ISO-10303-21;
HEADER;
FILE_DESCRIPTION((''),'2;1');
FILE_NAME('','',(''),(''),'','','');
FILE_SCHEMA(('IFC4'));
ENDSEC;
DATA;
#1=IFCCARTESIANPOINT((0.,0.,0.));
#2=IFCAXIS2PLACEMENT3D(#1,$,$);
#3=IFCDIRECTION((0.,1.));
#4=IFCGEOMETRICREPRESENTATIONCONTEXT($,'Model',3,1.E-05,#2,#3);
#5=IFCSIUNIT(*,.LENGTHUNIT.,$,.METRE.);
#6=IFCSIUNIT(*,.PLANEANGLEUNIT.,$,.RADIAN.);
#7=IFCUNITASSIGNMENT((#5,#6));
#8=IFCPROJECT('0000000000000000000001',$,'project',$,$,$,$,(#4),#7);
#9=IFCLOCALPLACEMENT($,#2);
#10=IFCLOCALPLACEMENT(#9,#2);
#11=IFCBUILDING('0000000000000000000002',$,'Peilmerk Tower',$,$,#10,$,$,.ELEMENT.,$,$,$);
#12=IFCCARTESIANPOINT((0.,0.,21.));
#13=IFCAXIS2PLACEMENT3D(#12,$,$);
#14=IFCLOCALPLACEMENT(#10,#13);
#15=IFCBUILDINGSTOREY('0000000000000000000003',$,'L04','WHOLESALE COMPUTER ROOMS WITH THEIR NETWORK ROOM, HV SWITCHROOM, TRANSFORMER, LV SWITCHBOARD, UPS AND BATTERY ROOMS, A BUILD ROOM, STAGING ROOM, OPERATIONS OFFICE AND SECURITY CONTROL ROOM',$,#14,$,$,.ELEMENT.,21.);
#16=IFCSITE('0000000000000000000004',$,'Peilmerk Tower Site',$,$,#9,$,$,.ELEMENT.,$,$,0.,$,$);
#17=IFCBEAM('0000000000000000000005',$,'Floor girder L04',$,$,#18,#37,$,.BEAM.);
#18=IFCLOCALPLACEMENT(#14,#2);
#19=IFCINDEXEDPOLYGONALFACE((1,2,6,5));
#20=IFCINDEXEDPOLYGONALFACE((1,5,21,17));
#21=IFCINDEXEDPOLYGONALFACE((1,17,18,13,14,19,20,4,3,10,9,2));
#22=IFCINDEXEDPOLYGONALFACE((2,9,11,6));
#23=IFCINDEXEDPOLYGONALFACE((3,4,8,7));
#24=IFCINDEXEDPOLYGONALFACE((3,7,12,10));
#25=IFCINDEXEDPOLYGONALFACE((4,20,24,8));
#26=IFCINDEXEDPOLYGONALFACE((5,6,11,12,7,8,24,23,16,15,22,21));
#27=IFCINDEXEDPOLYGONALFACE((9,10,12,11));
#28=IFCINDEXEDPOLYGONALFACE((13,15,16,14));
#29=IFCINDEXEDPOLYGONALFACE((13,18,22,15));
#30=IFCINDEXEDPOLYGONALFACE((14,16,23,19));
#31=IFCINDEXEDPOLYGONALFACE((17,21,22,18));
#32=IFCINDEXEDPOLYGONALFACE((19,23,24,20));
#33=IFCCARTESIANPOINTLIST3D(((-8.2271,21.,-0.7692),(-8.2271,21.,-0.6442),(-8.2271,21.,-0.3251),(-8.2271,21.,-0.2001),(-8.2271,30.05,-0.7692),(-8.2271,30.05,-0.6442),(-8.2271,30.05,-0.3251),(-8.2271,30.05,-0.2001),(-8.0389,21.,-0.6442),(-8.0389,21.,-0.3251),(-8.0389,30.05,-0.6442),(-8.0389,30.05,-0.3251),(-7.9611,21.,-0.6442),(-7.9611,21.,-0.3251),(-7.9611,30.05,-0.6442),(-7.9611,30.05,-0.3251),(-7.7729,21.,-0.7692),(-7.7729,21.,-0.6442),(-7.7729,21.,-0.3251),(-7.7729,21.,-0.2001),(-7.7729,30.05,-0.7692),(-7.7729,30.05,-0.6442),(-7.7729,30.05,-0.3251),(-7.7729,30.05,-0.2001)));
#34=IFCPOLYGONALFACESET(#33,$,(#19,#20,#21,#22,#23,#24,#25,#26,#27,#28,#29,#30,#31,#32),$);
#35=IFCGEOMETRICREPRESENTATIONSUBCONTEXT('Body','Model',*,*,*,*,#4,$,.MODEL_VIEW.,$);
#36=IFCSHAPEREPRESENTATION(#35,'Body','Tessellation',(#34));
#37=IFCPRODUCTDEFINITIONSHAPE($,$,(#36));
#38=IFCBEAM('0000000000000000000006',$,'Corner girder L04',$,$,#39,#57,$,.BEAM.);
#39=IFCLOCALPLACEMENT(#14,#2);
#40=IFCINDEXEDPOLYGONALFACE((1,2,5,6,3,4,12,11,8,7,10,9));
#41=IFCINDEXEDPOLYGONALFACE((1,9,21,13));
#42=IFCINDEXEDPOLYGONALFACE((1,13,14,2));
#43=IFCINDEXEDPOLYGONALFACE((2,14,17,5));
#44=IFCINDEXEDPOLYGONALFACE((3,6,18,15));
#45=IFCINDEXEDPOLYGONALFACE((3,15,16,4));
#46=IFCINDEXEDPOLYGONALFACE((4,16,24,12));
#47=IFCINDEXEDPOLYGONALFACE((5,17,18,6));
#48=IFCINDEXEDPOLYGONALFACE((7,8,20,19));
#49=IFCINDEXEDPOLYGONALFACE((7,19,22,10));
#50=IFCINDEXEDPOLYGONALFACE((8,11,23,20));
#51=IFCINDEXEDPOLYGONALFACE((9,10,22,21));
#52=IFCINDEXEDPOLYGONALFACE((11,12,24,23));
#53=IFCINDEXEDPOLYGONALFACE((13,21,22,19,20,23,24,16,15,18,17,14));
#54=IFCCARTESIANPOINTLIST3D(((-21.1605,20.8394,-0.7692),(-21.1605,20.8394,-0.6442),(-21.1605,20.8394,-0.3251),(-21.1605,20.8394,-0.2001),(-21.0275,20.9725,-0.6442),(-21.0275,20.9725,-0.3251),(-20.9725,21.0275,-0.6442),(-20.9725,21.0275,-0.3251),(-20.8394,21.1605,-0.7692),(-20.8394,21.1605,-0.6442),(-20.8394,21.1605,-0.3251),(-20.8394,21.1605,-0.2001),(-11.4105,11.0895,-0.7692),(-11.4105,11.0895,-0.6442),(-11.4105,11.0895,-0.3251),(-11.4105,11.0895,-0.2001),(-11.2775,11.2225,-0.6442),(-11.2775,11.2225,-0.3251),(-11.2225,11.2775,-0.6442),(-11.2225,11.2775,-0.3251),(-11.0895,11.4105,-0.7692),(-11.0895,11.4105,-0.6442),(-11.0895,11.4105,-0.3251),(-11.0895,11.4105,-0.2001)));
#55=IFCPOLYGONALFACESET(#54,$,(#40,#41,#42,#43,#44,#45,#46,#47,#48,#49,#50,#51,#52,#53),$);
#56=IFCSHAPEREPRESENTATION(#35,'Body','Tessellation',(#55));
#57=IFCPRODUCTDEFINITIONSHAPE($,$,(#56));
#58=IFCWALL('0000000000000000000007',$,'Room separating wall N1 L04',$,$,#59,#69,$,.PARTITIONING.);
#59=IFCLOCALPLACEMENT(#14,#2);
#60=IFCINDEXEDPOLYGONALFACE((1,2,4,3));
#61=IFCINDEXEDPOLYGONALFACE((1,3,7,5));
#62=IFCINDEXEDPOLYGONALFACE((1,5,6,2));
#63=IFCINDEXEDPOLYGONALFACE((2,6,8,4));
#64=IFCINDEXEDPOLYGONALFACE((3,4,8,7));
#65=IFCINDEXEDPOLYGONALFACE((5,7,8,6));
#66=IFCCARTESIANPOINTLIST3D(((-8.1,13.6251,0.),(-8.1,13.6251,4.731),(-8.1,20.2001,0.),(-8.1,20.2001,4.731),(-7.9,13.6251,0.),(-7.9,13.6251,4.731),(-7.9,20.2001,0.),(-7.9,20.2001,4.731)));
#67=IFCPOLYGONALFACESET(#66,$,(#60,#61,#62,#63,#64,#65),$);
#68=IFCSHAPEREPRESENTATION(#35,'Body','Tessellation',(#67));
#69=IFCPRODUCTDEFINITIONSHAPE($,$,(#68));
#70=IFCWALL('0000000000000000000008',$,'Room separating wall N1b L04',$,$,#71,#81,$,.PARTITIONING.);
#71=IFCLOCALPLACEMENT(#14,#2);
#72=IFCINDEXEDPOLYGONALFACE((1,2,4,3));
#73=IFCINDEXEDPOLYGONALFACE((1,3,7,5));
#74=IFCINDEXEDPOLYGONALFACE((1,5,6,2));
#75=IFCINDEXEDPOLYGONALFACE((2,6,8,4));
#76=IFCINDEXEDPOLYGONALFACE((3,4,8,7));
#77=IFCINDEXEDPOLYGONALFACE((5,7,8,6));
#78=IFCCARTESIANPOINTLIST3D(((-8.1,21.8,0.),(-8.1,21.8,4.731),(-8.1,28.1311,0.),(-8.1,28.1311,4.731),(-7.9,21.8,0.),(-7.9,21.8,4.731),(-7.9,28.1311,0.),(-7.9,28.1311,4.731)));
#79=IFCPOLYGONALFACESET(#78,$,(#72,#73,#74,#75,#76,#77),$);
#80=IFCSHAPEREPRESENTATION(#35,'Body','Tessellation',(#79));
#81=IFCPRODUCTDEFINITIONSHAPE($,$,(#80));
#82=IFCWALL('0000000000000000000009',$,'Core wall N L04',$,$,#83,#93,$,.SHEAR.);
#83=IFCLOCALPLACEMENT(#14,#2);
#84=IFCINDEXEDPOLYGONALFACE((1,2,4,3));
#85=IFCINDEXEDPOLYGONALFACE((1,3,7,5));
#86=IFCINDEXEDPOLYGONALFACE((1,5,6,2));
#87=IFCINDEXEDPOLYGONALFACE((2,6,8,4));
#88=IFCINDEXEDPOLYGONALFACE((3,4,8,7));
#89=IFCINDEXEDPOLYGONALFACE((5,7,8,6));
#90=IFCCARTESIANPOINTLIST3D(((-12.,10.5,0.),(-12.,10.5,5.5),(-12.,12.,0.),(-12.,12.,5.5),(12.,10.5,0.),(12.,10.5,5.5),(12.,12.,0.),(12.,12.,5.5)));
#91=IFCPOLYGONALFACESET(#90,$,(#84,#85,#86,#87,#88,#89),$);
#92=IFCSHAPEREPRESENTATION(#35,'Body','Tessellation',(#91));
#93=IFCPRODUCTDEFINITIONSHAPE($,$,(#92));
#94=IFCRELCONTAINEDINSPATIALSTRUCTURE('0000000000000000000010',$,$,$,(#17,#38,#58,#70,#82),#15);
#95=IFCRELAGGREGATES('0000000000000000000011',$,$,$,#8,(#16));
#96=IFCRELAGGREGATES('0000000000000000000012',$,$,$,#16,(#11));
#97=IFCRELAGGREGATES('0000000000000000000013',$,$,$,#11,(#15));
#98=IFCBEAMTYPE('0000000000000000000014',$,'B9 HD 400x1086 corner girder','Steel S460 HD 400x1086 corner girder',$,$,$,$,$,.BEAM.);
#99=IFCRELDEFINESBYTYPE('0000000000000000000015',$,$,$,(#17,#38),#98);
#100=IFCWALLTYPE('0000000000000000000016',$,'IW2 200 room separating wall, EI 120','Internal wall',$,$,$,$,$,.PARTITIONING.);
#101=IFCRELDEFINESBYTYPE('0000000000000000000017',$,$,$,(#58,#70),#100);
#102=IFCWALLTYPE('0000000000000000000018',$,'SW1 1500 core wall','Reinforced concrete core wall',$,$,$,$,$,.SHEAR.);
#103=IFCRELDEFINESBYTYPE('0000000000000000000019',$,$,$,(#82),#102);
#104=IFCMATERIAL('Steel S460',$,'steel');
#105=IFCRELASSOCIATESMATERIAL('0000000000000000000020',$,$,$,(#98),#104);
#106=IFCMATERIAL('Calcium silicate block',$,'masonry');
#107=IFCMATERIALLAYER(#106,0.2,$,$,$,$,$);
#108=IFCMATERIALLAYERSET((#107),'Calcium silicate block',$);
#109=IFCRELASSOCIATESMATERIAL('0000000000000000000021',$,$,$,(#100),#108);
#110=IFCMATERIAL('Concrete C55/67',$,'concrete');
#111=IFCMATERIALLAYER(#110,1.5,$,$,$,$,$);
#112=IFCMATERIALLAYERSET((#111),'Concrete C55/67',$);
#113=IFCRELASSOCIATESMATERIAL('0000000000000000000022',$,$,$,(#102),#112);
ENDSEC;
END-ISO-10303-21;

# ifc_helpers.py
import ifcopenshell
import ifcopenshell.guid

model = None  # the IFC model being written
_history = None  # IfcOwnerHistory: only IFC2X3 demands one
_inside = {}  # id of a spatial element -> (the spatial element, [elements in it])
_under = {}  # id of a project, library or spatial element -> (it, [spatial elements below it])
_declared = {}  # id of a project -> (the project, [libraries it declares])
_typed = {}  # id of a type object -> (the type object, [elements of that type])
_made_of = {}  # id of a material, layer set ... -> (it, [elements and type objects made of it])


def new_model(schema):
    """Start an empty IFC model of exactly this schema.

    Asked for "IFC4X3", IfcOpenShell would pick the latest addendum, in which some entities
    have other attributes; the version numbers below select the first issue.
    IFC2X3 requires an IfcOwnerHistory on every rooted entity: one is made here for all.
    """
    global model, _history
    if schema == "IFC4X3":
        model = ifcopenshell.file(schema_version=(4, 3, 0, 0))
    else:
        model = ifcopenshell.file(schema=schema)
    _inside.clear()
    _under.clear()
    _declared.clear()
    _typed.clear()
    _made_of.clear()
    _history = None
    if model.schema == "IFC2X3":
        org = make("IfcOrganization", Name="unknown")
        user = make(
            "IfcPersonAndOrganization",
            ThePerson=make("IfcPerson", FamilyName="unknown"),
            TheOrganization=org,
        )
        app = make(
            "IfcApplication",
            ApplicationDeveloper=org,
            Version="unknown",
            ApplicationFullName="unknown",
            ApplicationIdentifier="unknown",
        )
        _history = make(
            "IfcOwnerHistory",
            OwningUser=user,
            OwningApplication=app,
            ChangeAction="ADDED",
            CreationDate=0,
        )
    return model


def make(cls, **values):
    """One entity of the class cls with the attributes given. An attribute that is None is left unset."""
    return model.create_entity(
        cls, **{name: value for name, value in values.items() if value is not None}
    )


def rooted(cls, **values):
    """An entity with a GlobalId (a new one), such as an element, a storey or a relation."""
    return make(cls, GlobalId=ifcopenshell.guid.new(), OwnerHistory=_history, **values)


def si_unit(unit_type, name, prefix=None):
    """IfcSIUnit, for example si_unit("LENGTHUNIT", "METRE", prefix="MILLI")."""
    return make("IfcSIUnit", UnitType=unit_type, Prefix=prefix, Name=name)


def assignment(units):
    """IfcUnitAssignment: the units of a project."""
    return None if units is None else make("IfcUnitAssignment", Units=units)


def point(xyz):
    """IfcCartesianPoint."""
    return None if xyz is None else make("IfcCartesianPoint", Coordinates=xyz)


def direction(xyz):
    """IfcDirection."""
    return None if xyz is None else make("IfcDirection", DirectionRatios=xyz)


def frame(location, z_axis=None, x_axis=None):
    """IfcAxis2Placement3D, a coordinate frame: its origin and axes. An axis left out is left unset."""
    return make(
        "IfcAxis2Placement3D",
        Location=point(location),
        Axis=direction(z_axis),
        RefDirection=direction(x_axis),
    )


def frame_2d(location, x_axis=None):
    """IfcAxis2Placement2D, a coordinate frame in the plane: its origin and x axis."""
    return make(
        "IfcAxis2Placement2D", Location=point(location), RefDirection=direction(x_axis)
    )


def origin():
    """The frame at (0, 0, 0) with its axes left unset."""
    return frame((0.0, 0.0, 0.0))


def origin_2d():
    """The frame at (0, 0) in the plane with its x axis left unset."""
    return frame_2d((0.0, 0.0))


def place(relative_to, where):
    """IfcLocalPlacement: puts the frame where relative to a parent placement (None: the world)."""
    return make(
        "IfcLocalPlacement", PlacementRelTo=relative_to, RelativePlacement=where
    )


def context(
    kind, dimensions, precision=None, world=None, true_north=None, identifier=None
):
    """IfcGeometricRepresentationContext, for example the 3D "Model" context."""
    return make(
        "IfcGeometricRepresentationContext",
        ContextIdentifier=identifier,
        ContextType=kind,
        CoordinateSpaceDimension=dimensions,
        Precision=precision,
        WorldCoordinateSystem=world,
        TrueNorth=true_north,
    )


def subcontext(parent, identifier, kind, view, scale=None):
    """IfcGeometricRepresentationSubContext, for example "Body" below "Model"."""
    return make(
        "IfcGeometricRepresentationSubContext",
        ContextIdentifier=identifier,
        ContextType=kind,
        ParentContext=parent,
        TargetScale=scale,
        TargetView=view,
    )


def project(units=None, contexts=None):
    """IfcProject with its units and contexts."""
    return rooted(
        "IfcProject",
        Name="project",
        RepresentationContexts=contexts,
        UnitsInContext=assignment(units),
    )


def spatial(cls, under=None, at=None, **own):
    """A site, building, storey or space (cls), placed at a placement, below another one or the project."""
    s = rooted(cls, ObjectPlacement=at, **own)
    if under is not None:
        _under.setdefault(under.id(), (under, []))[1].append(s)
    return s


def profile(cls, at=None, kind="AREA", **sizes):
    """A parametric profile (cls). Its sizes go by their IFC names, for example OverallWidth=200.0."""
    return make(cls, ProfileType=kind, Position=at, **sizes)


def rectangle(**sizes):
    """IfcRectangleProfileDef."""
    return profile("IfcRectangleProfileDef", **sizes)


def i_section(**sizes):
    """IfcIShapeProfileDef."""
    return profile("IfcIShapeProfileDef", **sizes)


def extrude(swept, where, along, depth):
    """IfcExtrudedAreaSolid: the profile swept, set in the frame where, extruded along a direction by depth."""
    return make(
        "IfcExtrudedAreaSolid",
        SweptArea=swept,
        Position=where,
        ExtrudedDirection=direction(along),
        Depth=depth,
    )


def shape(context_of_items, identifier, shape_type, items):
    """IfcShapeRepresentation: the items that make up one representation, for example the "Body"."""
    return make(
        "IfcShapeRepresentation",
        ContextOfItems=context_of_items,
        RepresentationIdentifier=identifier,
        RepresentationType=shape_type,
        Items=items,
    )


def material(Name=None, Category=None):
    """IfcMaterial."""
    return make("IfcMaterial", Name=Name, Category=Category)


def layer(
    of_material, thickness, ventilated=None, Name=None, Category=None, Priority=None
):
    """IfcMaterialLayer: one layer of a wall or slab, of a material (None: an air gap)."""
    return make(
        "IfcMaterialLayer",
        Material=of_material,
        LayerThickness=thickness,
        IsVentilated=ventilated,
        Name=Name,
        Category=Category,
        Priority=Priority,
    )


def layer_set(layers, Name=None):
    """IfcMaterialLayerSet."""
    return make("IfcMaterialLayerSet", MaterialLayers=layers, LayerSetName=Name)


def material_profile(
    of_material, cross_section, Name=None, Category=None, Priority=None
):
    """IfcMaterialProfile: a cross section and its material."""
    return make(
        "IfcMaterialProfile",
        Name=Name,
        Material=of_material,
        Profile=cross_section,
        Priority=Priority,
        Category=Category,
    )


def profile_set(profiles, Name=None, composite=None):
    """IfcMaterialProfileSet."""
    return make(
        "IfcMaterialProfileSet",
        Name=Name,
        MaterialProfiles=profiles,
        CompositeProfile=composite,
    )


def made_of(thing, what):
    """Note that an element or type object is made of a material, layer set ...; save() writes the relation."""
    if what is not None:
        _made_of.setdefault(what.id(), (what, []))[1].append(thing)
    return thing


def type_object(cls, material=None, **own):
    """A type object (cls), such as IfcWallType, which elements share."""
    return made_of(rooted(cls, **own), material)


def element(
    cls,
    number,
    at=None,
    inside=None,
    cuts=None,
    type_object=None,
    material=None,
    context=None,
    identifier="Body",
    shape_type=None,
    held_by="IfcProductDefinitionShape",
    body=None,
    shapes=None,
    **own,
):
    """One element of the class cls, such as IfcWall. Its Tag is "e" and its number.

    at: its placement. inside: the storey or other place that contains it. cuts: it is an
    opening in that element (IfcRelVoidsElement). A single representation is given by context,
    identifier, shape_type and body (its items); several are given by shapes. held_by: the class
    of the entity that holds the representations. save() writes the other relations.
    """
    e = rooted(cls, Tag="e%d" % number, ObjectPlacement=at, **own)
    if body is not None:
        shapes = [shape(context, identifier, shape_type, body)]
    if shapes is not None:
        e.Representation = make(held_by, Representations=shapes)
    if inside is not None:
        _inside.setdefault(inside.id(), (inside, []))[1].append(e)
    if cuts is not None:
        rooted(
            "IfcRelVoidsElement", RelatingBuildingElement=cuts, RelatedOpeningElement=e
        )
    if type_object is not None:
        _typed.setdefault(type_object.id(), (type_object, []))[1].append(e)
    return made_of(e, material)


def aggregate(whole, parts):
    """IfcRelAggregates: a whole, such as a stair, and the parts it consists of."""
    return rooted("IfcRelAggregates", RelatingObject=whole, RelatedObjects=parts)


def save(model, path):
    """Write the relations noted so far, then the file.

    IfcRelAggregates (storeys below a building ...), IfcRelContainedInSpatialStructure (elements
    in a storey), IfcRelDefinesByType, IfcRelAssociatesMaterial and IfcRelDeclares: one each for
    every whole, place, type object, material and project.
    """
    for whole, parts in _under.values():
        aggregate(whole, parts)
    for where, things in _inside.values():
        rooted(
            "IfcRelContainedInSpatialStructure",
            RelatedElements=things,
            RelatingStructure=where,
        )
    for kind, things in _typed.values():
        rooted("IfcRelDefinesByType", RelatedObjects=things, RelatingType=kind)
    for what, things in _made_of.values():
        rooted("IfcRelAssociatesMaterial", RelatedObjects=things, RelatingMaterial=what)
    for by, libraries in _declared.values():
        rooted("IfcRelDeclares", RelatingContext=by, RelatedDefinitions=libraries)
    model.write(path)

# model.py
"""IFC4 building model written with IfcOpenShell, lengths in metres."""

from ifc_helpers import new_model, si_unit, direction, frame, frame_2d, origin, origin_2d, place, context, subcontext, project, spatial, rectangle, i_section, extrude, material, layer, layer_set, material_profile, profile_set, type_object, element, save


model = new_model("IFC4")

# Units and contexts
model_context = context("Model", 3, precision=1e-05, world=origin(), true_north=direction((0.0, 1.0)))
body_context = subcontext(model_context, "Body", "Model", "MODEL_VIEW")
ifc_project = project(units=[si_unit("LENGTHUNIT", "METRE"), si_unit("PLANEANGLEUNIT", "RADIAN")], contexts=[model_context])

# Site, building, storey
site_placement = place(None, origin())
site = spatial("IfcSite", under=ifc_project, at=site_placement, Name="Peilmerk Tower Site", CompositionType="ELEMENT", RefElevation=0.0)
building_placement = place(site_placement, origin())
building = spatial("IfcBuilding", under=site, at=building_placement, Name="Peilmerk Tower", CompositionType="ELEMENT")
storey_placement = place(building_placement, frame((0.0, 0.0, 21.0)))
storey = spatial("IfcBuildingStorey", under=building, at=storey_placement, Name="L04", Description="WHOLESALE COMPUTER ROOMS WITH THEIR NETWORK ROOM, HV SWITCHROOM, TRANSFORMER, LV SWITCHBOARD, UPS AND BATTERY ROOMS, A BUILD ROOM, STAGING ROOM, OPERATIONS OFFICE AND SECURITY CONTROL ROOM", CompositionType="ELEMENT", Elevation=21.0)

# Beams
ifc_material_1 = material(Name="Steel S460", Category="steel")
ifc_material_profile_1 = material_profile(ifc_material_1, i_section(OverallWidth=0.4541, OverallDepth=0.5691, WebThickness=0.0779, FlangeThickness=0.125, at=origin_2d()), Name="HD 400x1086")
ifc_profile_set_1 = profile_set([ifc_material_profile_1], Name="Steel S460")
beam_type_1 = type_object("IfcBeamType", Name="B9 HD 400x1086 corner girder", Description="Steel S460 HD 400x1086 corner girder", PredefinedType="BEAM", material=ifc_profile_set_1)
beam_1_placement = place(storey_placement, frame((-8.0, 21.0, -0.4846), z_axis=(0.0, 1.0, 0.0), x_axis=(-1.0, 0.0, 0.0)))
element("IfcBeam", 1, at=beam_1_placement, inside=storey, type_object=beam_type_1, Name="Floor girder L04", PredefinedType="BEAM", context=body_context, shape_type="SweptSolid", body=[
    extrude(i_section(OverallWidth=0.4541, OverallDepth=0.5691, WebThickness=0.0779, FlangeThickness=0.125, at=origin_2d()), origin(), (0.0, 0.0, 1.0), 9.05),
])
beam_2_placement = place(storey_placement, frame((-11.25, 11.25, -0.4846), z_axis=(-0.707107, 0.707107, 0.0), x_axis=(-0.707107, -0.707107, 0.0)))
element("IfcBeam", 2, at=beam_2_placement, inside=storey, type_object=beam_type_1, Name="Corner girder L04", PredefinedType="BEAM", context=body_context, shape_type="SweptSolid", body=[
    extrude(i_section(OverallWidth=0.4541, OverallDepth=0.5691, WebThickness=0.0779, FlangeThickness=0.125, at=origin_2d()), origin(), (0.0, 0.0, 1.0), 13.7886),
])

# Walls
ifc_material_2 = material(Name="Calcium silicate block", Category="masonry")
ifc_layer_1 = layer(ifc_material_2, 0.2)
ifc_layer_set_1 = layer_set([ifc_layer_1], Name="Calcium silicate block")
wall_type_1 = type_object("IfcWallType", Name="IW2 200 room separating wall, EI 120", Description="Internal wall", PredefinedType="PARTITIONING", material=ifc_layer_set_1)
wall_1_placement = place(storey_placement, frame((-8.0, 13.625, 0.0), z_axis=(0.0, 0.0, 1.0), x_axis=(0.0, 1.0, 0.0)))
element("IfcWall", 3, at=wall_1_placement, inside=storey, type_object=wall_type_1, Name="Room separating wall N1 L04", PredefinedType="PARTITIONING", context=body_context, shape_type="SweptSolid", body=[
    extrude(rectangle(XDim=6.575, YDim=0.2, at=frame_2d((3.2876, 0.0))), origin(), (0.0, 0.0, 1.0), 4.731),
])
wall_2_placement = place(storey_placement, frame((-8.0, 21.8, 0.0), z_axis=(0.0, 0.0, 1.0), x_axis=(0.0, 1.0, 0.0)))
element("IfcWall", 4, at=wall_2_placement, inside=storey, type_object=wall_type_1, Name="Room separating wall N1b L04", PredefinedType="PARTITIONING", context=body_context, shape_type="SweptSolid", body=[
    extrude(rectangle(XDim=6.3311, YDim=0.2, at=frame_2d((3.1655, 0.0))), origin(), (0.0, 0.0, 1.0), 4.731),
])
ifc_material_3 = material(Name="Concrete C55/67", Category="concrete")
ifc_layer_2 = layer(ifc_material_3, 1.5)
ifc_layer_set_2 = layer_set([ifc_layer_2], Name="Concrete C55/67")
wall_type_2 = type_object("IfcWallType", Name="SW1 1500 core wall", Description="Reinforced concrete core wall", PredefinedType="SHEAR", material=ifc_layer_set_2)
wall_3_placement = place(storey_placement, frame((-12.0, 11.25, 0.0), z_axis=(0.0, 0.0, 1.0), x_axis=(1.0, 0.0, 0.0)))
element("IfcWall", 5, at=wall_3_placement, inside=storey, type_object=wall_type_2, Name="Core wall N L04", PredefinedType="SHEAR", context=body_context, shape_type="SweptSolid", body=[
    extrude(rectangle(XDim=24.0, YDim=1.5, at=frame_2d((12.0, 0.0))), origin(), (0.0, 0.0, 1.0), 5.5),
])

save(model, "model.ifc")
